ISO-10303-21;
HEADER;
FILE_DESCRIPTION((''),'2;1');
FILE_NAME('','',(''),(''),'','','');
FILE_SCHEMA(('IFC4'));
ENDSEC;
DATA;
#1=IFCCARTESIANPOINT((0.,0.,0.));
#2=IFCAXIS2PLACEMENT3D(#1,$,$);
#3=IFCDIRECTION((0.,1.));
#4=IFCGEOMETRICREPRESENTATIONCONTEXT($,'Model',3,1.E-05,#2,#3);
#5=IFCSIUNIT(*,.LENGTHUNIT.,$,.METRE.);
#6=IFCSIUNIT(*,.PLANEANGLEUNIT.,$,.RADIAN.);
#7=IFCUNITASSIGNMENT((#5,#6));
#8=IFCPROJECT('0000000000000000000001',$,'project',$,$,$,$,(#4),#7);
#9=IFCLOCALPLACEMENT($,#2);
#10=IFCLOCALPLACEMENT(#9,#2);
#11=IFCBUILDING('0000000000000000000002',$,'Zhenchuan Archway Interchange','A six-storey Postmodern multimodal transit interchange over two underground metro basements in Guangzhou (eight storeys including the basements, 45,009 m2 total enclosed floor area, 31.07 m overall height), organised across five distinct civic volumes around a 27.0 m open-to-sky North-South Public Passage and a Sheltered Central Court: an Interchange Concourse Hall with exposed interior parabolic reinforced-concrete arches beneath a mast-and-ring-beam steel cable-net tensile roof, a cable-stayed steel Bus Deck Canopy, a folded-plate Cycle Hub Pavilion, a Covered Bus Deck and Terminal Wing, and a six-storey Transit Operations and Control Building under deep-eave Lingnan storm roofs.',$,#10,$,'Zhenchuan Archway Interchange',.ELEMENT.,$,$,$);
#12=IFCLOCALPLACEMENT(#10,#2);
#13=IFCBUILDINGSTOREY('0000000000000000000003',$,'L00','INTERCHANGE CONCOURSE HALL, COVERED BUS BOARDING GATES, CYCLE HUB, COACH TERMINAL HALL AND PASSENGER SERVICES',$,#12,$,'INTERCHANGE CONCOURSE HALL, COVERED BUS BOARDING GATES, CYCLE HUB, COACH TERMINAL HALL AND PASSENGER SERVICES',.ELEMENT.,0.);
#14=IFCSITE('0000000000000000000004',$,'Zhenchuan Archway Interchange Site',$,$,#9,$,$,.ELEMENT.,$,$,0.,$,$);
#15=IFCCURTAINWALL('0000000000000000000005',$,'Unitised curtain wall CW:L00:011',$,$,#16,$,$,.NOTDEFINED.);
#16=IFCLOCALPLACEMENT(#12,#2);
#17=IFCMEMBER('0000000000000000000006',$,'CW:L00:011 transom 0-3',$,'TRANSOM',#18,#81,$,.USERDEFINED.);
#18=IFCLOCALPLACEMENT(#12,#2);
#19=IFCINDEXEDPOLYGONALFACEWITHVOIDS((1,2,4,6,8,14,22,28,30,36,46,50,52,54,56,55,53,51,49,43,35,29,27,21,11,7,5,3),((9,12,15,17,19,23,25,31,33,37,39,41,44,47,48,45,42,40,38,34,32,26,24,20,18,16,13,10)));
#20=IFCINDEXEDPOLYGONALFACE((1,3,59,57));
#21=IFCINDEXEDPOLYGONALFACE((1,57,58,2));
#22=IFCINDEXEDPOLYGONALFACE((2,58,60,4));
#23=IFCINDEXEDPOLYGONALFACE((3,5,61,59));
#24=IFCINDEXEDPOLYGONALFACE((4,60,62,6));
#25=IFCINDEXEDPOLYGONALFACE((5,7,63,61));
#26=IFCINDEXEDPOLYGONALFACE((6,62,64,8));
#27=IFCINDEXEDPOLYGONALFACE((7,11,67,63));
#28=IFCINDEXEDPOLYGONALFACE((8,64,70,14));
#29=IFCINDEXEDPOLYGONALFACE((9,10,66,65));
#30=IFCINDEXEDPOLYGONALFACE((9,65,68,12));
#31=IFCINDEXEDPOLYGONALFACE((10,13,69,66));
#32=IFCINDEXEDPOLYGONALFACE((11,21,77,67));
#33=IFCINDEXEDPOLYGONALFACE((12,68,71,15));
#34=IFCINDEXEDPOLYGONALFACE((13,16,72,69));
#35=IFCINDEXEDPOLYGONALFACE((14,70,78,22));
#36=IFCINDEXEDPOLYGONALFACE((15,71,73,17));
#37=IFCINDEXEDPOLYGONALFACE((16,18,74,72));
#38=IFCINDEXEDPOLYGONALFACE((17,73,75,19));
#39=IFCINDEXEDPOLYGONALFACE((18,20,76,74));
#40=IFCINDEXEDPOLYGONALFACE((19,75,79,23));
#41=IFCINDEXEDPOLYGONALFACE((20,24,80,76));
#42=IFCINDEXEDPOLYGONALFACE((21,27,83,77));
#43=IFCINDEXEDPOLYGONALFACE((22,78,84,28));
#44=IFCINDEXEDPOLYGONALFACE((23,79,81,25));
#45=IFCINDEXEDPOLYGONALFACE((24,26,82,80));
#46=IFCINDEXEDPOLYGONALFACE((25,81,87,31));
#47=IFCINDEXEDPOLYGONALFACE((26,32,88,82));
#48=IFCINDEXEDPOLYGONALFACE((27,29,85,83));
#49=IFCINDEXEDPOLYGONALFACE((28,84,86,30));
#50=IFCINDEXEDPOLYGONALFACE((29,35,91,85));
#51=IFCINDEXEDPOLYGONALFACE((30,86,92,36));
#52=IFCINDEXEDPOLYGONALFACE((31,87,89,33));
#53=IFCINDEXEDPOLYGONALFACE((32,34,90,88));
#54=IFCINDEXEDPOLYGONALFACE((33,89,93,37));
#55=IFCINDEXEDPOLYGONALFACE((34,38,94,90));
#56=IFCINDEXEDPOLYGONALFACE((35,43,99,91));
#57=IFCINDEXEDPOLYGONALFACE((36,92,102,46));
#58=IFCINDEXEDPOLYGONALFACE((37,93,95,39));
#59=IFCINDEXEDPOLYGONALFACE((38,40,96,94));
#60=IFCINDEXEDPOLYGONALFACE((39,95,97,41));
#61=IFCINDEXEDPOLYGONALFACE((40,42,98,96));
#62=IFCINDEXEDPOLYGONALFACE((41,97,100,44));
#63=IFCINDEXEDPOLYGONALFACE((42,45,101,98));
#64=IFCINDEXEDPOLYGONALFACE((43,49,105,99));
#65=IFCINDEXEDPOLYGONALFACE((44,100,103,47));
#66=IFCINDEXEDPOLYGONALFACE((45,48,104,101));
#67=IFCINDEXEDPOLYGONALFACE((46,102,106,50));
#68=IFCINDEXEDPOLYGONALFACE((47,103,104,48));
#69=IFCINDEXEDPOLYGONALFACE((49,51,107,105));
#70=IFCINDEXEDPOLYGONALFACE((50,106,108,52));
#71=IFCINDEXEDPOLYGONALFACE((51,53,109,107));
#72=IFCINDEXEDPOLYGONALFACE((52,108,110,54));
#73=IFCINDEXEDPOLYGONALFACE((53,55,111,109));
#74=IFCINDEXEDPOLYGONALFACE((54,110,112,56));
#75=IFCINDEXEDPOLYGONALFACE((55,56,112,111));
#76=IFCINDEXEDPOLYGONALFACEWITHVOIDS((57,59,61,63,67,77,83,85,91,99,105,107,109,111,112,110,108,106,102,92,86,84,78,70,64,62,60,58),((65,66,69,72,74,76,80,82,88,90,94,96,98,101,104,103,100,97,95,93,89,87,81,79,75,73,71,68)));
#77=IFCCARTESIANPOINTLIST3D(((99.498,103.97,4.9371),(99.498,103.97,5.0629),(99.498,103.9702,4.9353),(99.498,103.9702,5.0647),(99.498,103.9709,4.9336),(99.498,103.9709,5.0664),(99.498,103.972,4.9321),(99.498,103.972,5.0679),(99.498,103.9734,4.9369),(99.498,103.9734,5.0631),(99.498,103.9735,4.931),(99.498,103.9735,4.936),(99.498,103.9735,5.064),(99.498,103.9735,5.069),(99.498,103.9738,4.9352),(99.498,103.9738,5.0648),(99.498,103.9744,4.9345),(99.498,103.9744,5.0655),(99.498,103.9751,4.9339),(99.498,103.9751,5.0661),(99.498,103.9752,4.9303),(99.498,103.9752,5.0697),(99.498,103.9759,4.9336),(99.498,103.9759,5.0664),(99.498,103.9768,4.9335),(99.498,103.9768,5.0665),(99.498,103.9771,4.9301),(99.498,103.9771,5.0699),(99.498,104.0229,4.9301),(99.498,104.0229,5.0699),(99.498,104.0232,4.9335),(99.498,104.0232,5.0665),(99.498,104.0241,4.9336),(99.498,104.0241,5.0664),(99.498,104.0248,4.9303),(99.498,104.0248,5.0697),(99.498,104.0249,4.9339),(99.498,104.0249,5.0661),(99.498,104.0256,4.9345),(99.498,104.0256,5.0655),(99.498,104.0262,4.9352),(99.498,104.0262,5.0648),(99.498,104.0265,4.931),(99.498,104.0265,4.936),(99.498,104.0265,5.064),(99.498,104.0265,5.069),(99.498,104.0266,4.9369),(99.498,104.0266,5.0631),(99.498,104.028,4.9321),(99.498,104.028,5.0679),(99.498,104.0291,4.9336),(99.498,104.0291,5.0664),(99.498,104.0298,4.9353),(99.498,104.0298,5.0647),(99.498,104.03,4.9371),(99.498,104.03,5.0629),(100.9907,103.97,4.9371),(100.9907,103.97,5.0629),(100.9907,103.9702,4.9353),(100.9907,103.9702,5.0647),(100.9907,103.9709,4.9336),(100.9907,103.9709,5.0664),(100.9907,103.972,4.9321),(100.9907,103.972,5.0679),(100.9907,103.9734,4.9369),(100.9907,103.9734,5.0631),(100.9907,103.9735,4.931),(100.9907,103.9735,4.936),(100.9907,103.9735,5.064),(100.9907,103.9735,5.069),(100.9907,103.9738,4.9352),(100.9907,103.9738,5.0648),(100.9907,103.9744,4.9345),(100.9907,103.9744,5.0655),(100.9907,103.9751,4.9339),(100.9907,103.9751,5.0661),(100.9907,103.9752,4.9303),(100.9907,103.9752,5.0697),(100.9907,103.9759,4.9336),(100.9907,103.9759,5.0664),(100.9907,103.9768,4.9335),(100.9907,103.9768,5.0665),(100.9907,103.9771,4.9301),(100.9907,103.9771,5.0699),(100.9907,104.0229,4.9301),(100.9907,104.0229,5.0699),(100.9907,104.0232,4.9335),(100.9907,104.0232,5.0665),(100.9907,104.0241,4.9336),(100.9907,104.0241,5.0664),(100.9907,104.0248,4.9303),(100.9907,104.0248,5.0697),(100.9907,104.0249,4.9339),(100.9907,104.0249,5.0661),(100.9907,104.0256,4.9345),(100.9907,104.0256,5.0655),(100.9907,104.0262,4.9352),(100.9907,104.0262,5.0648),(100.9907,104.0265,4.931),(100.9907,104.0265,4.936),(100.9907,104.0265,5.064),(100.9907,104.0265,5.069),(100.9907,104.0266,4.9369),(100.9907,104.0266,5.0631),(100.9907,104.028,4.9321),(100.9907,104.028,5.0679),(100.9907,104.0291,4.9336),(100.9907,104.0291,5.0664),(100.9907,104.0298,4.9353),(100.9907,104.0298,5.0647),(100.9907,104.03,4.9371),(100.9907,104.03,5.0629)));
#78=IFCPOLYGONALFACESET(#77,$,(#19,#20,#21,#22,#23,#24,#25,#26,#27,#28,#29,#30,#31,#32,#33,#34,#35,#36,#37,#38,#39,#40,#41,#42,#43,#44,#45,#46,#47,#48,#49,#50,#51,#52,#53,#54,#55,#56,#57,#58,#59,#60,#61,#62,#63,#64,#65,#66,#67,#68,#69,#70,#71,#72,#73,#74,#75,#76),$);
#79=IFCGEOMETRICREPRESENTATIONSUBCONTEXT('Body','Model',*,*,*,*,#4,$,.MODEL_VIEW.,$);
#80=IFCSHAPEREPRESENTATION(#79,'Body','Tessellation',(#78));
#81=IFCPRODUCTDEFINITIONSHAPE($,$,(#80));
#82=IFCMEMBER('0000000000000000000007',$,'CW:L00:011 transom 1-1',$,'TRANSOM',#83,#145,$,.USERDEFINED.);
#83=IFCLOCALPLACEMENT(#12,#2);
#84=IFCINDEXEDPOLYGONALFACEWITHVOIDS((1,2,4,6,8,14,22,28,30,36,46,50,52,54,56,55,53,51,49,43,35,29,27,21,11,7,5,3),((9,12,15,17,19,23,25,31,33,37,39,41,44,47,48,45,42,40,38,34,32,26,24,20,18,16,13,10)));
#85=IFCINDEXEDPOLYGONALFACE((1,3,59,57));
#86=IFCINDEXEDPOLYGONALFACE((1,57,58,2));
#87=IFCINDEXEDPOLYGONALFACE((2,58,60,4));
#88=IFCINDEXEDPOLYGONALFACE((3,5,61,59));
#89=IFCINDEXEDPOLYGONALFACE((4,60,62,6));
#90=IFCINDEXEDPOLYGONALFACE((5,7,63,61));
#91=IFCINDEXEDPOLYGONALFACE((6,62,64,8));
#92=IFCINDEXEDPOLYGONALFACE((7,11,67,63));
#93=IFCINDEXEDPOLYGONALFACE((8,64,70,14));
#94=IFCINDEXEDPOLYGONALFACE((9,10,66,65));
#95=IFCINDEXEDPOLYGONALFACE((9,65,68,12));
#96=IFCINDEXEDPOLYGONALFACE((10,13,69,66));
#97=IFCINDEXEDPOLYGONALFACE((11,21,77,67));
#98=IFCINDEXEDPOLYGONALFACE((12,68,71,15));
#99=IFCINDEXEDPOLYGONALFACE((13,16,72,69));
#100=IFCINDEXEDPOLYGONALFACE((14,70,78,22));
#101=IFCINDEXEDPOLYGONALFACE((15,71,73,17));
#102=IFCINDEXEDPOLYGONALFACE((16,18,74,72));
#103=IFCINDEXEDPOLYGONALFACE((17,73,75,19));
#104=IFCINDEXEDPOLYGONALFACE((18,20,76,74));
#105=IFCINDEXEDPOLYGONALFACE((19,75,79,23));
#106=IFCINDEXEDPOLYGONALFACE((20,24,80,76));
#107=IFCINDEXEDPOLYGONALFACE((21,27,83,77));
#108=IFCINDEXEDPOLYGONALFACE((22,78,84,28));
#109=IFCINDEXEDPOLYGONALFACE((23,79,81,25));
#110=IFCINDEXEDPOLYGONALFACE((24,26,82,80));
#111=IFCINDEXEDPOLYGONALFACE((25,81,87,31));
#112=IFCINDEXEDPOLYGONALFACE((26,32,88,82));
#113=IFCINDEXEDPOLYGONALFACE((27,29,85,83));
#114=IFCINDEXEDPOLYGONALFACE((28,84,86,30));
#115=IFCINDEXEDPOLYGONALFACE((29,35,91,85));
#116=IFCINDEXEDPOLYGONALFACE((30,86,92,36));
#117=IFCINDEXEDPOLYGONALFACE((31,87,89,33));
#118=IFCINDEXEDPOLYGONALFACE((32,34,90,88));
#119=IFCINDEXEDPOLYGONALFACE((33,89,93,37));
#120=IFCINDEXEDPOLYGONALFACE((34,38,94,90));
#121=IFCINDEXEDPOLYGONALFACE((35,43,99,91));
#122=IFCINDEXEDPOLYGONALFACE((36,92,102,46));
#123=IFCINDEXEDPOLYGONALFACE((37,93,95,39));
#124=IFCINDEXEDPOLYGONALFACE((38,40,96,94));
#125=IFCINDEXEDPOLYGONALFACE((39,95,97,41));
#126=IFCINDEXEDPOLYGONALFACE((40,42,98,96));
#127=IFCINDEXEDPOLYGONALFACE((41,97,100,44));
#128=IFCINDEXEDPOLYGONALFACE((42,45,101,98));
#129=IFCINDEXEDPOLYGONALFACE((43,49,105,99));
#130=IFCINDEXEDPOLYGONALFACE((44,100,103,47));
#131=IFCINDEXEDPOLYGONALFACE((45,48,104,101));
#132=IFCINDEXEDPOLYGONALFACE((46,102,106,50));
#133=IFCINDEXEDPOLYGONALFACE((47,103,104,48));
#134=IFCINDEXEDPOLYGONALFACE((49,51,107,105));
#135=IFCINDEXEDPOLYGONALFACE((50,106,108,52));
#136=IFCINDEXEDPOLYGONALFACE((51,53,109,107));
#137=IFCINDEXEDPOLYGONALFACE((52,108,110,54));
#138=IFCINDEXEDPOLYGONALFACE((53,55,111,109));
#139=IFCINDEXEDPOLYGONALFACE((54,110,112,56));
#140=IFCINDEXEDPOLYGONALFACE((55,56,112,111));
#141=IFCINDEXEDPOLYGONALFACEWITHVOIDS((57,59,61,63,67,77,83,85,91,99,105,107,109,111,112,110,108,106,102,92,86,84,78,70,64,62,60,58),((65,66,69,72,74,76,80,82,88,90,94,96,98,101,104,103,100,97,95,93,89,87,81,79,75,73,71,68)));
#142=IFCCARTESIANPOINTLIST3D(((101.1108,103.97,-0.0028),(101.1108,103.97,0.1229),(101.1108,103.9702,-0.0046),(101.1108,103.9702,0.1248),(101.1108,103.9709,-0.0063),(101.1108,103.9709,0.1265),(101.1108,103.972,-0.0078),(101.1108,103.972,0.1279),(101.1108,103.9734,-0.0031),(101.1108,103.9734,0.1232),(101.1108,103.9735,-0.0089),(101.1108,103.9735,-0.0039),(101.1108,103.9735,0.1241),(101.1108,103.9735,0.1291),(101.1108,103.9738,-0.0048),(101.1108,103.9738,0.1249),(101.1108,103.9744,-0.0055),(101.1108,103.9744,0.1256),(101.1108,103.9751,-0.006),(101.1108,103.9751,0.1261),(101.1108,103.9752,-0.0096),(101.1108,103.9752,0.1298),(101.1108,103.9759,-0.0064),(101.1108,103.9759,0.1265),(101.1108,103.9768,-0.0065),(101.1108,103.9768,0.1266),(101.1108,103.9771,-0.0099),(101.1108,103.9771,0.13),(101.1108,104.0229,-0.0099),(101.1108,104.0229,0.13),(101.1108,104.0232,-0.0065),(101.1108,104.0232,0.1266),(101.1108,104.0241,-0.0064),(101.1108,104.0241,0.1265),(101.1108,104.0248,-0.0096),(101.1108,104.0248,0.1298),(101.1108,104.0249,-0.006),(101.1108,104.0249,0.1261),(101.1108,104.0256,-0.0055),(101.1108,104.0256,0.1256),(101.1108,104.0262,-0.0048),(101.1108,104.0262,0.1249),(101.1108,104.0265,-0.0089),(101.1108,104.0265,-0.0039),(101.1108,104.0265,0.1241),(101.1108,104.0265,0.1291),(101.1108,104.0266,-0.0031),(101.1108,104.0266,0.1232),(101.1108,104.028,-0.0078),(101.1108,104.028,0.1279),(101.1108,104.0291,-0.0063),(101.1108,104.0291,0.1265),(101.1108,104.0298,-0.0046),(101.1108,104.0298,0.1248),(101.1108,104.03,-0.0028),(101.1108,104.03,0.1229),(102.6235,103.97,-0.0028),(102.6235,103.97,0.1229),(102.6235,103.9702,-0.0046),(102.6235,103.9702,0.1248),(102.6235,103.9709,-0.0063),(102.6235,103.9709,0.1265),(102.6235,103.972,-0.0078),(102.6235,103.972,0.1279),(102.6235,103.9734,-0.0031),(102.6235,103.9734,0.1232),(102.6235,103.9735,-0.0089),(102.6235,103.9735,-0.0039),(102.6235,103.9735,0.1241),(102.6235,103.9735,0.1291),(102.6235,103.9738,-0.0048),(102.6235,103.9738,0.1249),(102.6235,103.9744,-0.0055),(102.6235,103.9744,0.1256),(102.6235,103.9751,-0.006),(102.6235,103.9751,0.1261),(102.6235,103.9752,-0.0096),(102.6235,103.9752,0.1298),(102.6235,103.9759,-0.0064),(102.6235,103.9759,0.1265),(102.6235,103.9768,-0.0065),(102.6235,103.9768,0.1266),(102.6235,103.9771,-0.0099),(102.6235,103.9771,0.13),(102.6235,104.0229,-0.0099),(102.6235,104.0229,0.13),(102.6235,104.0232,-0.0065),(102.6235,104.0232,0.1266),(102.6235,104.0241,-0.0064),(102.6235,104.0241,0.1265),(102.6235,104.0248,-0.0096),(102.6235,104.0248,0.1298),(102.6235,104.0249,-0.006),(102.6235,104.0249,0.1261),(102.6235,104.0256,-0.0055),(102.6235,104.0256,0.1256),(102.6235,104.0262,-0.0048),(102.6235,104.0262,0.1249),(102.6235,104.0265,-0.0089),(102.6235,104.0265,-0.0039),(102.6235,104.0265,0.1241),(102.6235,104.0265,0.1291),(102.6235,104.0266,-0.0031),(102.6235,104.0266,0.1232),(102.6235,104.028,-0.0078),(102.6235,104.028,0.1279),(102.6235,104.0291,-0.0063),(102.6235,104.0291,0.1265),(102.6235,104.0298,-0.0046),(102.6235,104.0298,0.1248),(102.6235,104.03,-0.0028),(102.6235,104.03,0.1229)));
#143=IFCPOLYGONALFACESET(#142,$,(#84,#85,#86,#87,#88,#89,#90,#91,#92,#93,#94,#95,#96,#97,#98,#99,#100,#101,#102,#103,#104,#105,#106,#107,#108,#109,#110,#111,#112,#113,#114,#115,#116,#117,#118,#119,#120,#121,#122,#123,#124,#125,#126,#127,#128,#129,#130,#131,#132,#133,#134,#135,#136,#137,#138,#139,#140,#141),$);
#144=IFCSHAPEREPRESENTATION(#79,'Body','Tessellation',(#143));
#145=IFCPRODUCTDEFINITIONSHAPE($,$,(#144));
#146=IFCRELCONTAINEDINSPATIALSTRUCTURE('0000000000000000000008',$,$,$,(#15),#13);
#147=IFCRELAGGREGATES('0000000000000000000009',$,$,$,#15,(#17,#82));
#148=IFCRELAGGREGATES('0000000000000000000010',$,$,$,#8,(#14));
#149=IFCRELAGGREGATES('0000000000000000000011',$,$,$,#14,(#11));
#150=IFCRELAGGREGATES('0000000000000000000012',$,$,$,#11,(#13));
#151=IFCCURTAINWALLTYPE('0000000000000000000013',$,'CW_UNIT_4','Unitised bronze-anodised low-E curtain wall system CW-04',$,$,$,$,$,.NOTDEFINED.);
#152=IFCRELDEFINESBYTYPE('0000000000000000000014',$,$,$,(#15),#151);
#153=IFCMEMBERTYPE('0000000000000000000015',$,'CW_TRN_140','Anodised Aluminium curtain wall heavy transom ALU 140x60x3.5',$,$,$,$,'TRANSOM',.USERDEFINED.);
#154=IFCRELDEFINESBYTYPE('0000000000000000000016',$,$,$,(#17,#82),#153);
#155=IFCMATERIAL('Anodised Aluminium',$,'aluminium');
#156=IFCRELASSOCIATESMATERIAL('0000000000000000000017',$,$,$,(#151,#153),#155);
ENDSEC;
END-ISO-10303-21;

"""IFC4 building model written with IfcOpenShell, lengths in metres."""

from ifc_helpers import new_model, si_unit, direction, frame, origin, origin_2d, place, context, subcontext, project, spatial, hollow_rectangle, extrude, material, material_profile, profile_set, type_object, element, aggregate, save


model = new_model("IFC4")

# Units and contexts
model_context = context("Model", 3, precision=1e-05, world=origin(), true_north=direction((0.0, 1.0)))
body_context = subcontext(model_context, "Body", "Model", "MODEL_VIEW")
ifc_project = project(units=[si_unit("LENGTHUNIT", "METRE"), si_unit("PLANEANGLEUNIT", "RADIAN")], contexts=[model_context])

# Site, building, storey
site_placement = place(None, origin())
site = spatial("IfcSite", under=ifc_project, at=site_placement, Name="Zhenchuan Archway Interchange Site", CompositionType="ELEMENT", RefElevation=0.0)
building_placement = place(site_placement, origin())
building = spatial("IfcBuilding", under=site, at=building_placement, Name="Zhenchuan Archway Interchange", Description="A six-storey Postmodern multimodal transit interchange over two underground metro basements in Guangzhou (eight storeys including the basements, 45,009 m2 total enclosed floor area, 31.07 m overall height), organised across five distinct civic volumes around a 27.0 m open-to-sky North-South Public Passage and a Sheltered Central Court: an Interchange Concourse Hall with exposed interior parabolic reinforced-concrete arches beneath a mast-and-ring-beam steel cable-net tensile roof, a cable-stayed steel Bus Deck Canopy, a folded-plate Cycle Hub Pavilion, a Covered Bus Deck and Terminal Wing, and a six-storey Transit Operations and Control Building under deep-eave Lingnan storm roofs.", LongName="Zhenchuan Archway Interchange", CompositionType="ELEMENT")
storey_placement = place(building_placement, origin())
storey = spatial("IfcBuildingStorey", under=building, at=storey_placement, Name="L00", Description="INTERCHANGE CONCOURSE HALL, COVERED BUS BOARDING GATES, CYCLE HUB, COACH TERMINAL HALL AND PASSENGER SERVICES", LongName="INTERCHANGE CONCOURSE HALL, COVERED BUS BOARDING GATES, CYCLE HUB, COACH TERMINAL HALL AND PASSENGER SERVICES", CompositionType="ELEMENT", Elevation=0.0)

# Curtain wall, members
ifc_material_1 = material(Name="Anodised Aluminium", Category="aluminium")
curtain_wall_type = type_object("IfcCurtainWallType", Name="CW_UNIT_4", Description="Unitised bronze-anodised low-E curtain wall system CW-04", PredefinedType="NOTDEFINED", material=ifc_material_1)
curtain_wall_placement = place(storey_placement, origin())
curtain_wall = element("IfcCurtainWall", 1, at=curtain_wall_placement, inside=storey, type_object=curtain_wall_type, Name="Unitised curtain wall CW:L00:011", PredefinedType="NOTDEFINED")
ifc_material_profile_1 = material_profile(ifc_material_1, hollow_rectangle(XDim=0.0601, YDim=0.1399, WallThickness=0.0034, InnerFilletRadius=0.0034, OuterFilletRadius=0.0071, at=origin_2d()), Name="ALU 140x60x3.5")
ifc_profile_set_1 = profile_set([ifc_material_profile_1], Name="Anodised Aluminium")
member_type_1 = type_object("IfcMemberType", Name="CW_TRN_140", Description="Anodised Aluminium curtain wall heavy transom ALU 140x60x3.5", ElementType="TRANSOM", PredefinedType="USERDEFINED", material=ifc_profile_set_1)
member_1_placement = place(storey_placement, frame((99.498, 104.0, 5.0), z_axis=(1.0, 0.0, 0.0), x_axis=(0.0, 1.0, 0.0)))
member_1 = element("IfcMember", 2, at=member_1_placement, type_object=member_type_1, Name="CW:L00:011 transom 0-3", ObjectType="TRANSOM", PredefinedType="USERDEFINED", context=body_context, shape_type="SweptSolid", body=[
    extrude(hollow_rectangle(XDim=0.0601, YDim=0.1399, WallThickness=0.0034, InnerFilletRadius=0.0034, OuterFilletRadius=0.0071, at=origin_2d()), origin(), (0.0, 0.0, 1.0), 1.4927),
])
member_2_placement = place(storey_placement, frame((101.1108, 104.0, 0.0601), z_axis=(1.0, 0.0, 0.0), x_axis=(0.0, 1.0, 0.0)))
member_2 = element("IfcMember", 3, at=member_2_placement, type_object=member_type_1, Name="CW:L00:011 transom 1-1", ObjectType="TRANSOM", PredefinedType="USERDEFINED", context=body_context, shape_type="SweptSolid", body=[
    extrude(hollow_rectangle(XDim=0.0601, YDim=0.1399, WallThickness=0.0034, InnerFilletRadius=0.0034, OuterFilletRadius=0.0071, at=origin_2d()), origin(), (0.0, 0.0, 1.0), 1.5127),
])

aggregate(curtain_wall, [member_1, member_2])

save(model, "model.ifc")
